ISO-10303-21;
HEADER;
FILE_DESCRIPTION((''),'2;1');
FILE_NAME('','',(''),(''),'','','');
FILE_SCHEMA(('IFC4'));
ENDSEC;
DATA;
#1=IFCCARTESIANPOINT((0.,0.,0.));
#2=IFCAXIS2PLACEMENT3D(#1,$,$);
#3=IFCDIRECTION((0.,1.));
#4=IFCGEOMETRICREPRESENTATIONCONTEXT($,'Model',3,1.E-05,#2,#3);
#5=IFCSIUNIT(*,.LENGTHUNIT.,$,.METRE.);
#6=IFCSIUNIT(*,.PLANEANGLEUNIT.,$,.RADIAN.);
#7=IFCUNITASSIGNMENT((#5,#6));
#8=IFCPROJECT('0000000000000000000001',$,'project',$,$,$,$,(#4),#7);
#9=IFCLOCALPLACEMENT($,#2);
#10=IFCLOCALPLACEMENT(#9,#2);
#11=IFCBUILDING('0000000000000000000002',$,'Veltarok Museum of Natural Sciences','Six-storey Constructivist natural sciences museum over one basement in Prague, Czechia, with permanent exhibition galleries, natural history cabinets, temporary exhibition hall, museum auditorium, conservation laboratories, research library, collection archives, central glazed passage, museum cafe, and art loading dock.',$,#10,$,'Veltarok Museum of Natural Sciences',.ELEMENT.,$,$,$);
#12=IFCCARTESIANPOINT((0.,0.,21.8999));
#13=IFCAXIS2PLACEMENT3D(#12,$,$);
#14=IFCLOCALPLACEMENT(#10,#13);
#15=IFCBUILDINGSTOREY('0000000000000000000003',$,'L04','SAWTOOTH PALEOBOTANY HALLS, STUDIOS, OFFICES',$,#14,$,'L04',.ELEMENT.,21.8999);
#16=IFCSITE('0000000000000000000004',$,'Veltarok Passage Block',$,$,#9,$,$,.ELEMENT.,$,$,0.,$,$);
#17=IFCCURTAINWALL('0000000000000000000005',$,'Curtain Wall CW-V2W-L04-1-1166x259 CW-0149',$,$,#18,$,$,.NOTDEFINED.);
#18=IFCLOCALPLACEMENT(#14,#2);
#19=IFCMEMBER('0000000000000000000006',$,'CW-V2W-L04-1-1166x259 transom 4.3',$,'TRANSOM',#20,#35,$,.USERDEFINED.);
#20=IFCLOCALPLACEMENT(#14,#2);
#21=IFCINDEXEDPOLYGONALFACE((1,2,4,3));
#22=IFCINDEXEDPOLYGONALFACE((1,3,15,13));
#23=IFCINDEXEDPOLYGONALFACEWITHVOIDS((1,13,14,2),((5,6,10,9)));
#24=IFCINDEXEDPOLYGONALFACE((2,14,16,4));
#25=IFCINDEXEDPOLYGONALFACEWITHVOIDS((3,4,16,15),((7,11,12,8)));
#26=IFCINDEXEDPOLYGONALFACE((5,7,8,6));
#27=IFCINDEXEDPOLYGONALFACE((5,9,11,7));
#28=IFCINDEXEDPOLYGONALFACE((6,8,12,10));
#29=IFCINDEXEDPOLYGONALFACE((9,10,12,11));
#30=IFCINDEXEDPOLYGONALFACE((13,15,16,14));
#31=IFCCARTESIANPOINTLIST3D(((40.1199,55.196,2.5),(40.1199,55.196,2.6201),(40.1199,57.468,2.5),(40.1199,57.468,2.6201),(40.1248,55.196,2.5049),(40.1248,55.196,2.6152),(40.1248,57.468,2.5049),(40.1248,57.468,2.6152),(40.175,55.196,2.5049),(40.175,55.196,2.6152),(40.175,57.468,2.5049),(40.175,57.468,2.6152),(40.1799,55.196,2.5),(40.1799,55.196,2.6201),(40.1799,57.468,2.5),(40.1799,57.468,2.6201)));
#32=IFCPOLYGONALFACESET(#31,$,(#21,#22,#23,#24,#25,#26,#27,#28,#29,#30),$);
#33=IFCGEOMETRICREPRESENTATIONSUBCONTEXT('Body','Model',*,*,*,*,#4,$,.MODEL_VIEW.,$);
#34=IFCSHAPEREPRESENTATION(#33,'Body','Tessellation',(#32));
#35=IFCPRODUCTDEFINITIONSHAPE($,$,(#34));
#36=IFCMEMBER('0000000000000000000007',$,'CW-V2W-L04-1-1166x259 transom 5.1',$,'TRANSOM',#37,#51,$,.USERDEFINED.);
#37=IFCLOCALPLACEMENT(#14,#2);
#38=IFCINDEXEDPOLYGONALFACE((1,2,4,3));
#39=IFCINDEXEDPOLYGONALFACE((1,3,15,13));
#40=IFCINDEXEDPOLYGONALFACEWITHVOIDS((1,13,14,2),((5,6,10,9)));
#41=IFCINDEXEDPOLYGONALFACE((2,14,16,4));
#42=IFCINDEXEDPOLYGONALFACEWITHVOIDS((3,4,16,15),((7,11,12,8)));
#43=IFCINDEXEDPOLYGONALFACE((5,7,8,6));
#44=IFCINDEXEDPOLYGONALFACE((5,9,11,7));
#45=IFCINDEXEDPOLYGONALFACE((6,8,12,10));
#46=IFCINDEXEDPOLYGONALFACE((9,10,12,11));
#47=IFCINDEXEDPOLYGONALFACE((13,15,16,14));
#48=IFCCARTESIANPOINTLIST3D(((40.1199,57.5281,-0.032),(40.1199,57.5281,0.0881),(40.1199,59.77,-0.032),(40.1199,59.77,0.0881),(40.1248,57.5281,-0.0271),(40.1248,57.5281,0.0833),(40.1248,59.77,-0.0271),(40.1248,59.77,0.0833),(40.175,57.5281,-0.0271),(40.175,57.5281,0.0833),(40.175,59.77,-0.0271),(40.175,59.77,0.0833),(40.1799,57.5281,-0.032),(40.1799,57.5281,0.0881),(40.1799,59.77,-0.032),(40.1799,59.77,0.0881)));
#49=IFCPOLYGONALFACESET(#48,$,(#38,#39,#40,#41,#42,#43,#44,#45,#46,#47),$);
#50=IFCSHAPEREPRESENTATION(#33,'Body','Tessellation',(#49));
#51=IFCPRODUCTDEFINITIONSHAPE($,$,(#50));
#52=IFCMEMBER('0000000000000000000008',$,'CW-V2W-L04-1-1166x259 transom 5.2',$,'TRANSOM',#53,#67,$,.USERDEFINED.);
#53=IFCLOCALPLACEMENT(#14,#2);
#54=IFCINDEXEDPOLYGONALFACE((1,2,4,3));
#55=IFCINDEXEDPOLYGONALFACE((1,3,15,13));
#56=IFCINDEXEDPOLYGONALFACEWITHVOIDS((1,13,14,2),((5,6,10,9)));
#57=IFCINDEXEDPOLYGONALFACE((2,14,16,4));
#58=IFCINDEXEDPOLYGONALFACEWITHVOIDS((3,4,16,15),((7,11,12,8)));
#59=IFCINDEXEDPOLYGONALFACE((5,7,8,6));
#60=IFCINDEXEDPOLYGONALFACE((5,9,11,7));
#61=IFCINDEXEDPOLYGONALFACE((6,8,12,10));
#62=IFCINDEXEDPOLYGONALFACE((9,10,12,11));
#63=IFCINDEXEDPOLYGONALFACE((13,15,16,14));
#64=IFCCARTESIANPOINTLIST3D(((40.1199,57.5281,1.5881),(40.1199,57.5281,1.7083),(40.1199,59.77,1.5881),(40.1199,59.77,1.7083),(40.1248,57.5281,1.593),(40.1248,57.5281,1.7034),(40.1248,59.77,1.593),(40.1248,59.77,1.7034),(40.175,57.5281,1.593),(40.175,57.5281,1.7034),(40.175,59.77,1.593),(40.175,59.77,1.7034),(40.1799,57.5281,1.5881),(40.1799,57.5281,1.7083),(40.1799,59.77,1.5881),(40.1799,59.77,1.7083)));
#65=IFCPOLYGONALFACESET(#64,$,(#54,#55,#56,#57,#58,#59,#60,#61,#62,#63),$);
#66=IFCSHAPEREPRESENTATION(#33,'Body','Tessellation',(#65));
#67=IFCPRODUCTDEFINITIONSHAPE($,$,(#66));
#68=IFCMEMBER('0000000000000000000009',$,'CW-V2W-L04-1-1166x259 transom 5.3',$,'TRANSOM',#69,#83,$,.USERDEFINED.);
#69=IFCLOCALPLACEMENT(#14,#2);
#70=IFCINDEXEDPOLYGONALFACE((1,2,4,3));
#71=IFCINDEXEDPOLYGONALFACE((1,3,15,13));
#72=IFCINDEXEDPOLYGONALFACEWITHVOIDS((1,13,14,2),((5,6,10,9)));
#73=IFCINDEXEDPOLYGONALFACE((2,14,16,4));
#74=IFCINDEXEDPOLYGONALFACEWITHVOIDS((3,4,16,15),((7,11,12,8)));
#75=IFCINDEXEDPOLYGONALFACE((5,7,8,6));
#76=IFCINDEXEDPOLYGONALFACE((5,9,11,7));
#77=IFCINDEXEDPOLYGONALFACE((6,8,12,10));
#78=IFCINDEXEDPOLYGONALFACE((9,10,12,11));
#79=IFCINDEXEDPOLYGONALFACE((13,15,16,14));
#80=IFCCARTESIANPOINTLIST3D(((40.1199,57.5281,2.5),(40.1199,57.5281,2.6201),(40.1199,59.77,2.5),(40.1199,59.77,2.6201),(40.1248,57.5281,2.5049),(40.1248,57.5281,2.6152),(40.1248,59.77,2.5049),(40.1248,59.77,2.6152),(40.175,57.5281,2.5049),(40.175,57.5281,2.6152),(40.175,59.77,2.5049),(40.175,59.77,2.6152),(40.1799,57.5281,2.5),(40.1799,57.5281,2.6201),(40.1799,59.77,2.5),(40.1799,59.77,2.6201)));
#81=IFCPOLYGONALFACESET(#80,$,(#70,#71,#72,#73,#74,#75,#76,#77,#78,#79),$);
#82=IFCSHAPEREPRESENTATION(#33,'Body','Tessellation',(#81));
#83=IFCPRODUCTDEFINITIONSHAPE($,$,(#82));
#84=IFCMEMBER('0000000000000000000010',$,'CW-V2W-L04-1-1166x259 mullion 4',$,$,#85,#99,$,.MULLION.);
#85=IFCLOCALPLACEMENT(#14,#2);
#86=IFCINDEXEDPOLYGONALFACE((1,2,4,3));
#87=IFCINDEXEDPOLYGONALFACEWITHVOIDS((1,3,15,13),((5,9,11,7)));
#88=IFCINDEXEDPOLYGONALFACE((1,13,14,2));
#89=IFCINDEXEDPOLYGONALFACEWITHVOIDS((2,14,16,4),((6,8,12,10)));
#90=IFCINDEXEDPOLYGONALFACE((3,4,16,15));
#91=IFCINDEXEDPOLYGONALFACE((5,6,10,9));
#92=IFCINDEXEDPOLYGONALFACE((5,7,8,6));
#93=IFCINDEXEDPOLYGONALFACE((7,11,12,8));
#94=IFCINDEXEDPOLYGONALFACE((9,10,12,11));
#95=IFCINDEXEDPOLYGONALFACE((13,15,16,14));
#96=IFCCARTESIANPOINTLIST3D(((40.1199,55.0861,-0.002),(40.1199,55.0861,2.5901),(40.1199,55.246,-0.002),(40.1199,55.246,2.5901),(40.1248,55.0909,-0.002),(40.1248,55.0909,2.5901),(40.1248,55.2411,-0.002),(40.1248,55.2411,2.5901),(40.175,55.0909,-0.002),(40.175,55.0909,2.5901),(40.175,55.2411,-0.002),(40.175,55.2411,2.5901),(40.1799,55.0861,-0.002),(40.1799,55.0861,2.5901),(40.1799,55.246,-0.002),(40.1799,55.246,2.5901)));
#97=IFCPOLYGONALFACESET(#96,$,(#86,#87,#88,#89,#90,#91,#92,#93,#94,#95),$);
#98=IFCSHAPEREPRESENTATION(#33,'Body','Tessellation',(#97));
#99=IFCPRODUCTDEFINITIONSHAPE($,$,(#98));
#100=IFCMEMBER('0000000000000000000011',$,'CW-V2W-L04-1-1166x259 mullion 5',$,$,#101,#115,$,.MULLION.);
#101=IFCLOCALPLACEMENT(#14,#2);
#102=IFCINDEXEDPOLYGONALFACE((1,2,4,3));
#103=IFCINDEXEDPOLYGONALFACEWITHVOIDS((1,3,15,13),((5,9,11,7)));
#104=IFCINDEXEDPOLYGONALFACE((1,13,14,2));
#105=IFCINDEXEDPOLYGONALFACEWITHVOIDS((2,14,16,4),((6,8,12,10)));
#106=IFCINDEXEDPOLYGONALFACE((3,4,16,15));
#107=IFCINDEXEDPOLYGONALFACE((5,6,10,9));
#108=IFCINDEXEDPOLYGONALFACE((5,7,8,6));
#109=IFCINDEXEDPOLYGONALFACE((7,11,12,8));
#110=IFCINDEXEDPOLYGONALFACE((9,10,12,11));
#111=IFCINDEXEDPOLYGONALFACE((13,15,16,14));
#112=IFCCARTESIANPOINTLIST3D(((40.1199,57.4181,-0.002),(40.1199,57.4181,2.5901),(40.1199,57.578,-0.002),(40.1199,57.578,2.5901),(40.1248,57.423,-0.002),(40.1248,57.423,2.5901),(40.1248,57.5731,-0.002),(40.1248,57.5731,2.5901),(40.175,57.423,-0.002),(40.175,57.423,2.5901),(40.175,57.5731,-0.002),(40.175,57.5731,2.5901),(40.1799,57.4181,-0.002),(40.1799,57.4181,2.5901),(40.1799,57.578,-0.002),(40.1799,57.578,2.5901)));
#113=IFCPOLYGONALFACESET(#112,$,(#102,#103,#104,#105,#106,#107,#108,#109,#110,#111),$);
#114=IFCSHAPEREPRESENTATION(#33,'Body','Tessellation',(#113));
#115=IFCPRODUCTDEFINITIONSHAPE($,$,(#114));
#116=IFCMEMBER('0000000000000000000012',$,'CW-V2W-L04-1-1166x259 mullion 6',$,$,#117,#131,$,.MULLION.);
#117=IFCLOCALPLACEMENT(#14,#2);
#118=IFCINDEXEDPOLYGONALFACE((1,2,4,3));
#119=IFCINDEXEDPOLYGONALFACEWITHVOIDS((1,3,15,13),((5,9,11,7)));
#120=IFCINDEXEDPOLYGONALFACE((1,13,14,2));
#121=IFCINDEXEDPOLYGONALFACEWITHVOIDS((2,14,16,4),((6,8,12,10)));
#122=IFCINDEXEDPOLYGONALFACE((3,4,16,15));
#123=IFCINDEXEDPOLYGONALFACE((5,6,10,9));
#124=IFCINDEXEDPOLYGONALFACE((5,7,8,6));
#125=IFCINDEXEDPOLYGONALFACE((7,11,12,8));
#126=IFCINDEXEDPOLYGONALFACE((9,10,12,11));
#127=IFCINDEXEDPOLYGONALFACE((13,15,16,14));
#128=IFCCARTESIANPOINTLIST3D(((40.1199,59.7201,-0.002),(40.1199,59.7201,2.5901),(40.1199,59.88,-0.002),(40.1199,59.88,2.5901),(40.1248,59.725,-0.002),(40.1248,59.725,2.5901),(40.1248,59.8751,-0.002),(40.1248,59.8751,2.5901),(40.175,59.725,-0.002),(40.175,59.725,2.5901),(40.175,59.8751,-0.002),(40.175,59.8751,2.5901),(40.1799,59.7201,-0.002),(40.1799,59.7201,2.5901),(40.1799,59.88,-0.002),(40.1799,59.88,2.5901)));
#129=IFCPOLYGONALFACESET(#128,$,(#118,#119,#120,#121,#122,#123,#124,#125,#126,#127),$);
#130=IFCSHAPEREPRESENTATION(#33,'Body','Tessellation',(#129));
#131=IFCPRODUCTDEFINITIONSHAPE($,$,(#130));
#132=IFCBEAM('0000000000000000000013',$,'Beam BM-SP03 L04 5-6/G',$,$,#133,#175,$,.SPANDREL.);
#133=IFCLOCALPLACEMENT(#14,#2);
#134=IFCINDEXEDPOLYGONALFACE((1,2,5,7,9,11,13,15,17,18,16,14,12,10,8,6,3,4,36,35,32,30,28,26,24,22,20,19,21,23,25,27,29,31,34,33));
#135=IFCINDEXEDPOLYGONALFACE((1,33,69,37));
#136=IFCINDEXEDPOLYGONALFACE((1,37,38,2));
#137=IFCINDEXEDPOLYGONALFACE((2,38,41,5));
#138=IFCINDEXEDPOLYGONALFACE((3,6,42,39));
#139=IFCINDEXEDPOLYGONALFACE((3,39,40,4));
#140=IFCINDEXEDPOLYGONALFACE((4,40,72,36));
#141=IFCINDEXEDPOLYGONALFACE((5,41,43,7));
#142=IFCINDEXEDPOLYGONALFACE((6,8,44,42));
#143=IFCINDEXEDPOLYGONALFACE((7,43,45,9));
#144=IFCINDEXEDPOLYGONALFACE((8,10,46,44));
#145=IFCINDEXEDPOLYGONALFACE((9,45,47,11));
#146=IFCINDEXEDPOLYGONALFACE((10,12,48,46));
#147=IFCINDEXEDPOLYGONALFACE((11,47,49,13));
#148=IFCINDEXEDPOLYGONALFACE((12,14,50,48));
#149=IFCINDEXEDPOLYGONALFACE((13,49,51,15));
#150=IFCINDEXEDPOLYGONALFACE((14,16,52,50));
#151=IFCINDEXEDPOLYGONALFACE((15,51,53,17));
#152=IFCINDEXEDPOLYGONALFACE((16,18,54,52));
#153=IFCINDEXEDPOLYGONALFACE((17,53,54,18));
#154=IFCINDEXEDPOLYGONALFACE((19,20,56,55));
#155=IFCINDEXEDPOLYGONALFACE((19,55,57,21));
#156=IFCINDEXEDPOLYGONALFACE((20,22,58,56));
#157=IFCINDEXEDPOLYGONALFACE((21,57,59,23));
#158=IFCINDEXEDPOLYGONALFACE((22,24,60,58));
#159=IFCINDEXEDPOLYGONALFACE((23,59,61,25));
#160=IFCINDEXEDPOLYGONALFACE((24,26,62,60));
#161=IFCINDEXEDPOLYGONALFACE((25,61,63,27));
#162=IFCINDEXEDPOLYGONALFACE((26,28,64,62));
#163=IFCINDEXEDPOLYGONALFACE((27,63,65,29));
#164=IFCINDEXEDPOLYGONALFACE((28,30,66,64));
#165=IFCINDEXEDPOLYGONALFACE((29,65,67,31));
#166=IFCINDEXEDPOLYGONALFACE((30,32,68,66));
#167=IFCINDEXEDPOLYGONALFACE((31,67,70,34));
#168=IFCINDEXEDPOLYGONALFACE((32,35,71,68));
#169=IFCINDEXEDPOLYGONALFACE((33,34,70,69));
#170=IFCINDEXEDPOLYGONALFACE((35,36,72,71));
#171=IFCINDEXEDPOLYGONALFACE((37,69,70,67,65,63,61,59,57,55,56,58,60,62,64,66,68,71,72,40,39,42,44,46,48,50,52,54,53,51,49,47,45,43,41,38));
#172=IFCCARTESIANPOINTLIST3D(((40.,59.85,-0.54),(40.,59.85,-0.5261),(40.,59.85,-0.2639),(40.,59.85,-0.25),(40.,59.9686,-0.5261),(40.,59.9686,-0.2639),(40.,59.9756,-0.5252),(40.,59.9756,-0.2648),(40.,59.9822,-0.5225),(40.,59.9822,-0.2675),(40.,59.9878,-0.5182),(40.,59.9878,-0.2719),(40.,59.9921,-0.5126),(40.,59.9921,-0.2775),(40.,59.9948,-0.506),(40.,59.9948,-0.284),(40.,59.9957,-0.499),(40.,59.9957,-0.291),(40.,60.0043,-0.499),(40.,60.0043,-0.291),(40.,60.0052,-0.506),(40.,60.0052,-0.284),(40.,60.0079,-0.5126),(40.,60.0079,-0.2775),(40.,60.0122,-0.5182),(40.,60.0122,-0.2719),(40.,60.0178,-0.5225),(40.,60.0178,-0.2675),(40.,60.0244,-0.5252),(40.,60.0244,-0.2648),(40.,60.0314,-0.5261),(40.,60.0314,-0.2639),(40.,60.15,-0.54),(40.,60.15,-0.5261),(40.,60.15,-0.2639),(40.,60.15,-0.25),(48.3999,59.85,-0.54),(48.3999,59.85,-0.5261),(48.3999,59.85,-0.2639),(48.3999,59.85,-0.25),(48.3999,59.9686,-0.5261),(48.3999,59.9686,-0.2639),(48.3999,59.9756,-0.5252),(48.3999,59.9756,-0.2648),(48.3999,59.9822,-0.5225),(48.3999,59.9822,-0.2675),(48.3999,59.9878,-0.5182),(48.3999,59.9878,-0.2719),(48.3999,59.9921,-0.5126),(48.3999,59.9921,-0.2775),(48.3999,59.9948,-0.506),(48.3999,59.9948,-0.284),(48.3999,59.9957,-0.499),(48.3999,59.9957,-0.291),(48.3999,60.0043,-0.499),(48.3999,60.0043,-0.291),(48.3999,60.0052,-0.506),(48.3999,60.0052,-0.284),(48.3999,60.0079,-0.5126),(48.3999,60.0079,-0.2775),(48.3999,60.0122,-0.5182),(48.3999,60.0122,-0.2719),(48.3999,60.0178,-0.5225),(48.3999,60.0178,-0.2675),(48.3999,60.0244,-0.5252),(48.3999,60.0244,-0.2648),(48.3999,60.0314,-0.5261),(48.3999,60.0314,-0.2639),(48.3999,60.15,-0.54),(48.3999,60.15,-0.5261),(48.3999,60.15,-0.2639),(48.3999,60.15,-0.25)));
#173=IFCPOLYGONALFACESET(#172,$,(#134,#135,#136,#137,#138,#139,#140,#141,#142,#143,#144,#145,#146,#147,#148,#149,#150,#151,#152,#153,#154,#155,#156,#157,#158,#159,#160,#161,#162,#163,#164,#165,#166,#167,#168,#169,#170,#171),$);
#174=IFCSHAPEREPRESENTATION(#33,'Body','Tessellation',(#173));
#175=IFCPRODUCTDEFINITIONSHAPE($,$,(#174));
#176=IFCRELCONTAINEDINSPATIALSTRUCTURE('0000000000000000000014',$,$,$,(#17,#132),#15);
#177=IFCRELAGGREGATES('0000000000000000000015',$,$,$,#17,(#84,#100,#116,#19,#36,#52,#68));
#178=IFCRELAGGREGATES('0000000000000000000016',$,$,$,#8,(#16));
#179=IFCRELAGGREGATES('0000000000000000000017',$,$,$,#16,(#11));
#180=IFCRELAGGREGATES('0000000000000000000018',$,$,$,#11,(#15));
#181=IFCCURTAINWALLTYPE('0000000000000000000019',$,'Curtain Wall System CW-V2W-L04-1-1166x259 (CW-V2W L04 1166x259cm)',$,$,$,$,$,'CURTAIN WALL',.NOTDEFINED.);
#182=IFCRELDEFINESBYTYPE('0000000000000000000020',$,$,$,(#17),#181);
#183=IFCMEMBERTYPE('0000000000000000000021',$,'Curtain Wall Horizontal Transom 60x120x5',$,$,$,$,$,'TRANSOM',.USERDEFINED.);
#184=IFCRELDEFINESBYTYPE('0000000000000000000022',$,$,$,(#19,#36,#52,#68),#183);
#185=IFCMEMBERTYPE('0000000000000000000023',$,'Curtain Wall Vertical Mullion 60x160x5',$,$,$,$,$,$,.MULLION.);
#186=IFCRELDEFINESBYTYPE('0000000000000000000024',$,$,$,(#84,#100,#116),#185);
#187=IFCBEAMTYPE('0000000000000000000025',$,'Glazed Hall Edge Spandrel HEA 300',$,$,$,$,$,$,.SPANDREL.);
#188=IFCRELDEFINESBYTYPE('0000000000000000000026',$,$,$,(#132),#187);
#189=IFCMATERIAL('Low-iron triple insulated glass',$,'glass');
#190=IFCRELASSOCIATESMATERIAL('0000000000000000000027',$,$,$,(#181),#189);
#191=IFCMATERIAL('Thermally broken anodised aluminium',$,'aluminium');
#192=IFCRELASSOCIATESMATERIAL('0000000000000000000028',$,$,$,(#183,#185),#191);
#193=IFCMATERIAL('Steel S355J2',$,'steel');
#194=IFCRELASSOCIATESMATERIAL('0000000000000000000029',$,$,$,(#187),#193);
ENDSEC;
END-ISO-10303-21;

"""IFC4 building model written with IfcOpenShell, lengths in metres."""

from ifc_helpers import new_model, si_unit, direction, frame, origin, origin_2d, place, context, subcontext, project, spatial, hollow_rectangle, i_section, extrude, material, material_profile, profile_set, type_object, element, aggregate, save


model = new_model("IFC4")

# Units and contexts
model_context = context("Model", 3, precision=1e-05, world=origin(), true_north=direction((0.0, 1.0)))
body_context = subcontext(model_context, "Body", "Model", "MODEL_VIEW")
ifc_project = project(units=[si_unit("LENGTHUNIT", "METRE"), si_unit("PLANEANGLEUNIT", "RADIAN")], contexts=[model_context])

# Site, building, storey
site_placement = place(None, origin())
site = spatial("IfcSite", under=ifc_project, at=site_placement, Name="Veltarok Passage Block", CompositionType="ELEMENT", RefElevation=0.0)
building_placement = place(site_placement, origin())
building = spatial("IfcBuilding", under=site, at=building_placement, Name="Veltarok Museum of Natural Sciences", Description="Six-storey Constructivist natural sciences museum over one basement in Prague, Czechia, with permanent exhibition galleries, natural history cabinets, temporary exhibition hall, museum auditorium, conservation laboratories, research library, collection archives, central glazed passage, museum cafe, and art loading dock.", LongName="Veltarok Museum of Natural Sciences", CompositionType="ELEMENT")
storey_placement = place(building_placement, frame((0.0, 0.0, 21.8999)))
storey = spatial("IfcBuildingStorey", under=building, at=storey_placement, Name="L04", Description="SAWTOOTH PALEOBOTANY HALLS, STUDIOS, OFFICES", LongName="L04", CompositionType="ELEMENT", Elevation=21.8999)

# Shared definitions
ifc_material_1 = material(Name="Steel S355J2", Category="steel")

# Curtain wall, members
ifc_material_2 = material(Name="Low-iron triple insulated glass", Category="glass")
curtain_wall_type = type_object("IfcCurtainWallType", Name="Curtain Wall System CW-V2W-L04-1-1166x259 (CW-V2W L04 1166x259cm)", ElementType="CURTAIN WALL", PredefinedType="NOTDEFINED", material=ifc_material_2)
curtain_wall_placement = place(storey_placement, origin())
curtain_wall = element("IfcCurtainWall", 1, at=curtain_wall_placement, inside=storey, type_object=curtain_wall_type, Name="Curtain Wall CW-V2W-L04-1-1166x259 CW-0149", PredefinedType="NOTDEFINED")
ifc_material_3 = material(Name="Thermally broken anodised aluminium", Category="aluminium")
ifc_material_profile_1 = material_profile(ifc_material_3, hollow_rectangle(XDim=0.0601, YDim=0.1201, WallThickness=0.0049, at=origin_2d()), Name="CW TRANSOM 60x120x5")
ifc_profile_set_1 = profile_set([ifc_material_profile_1], Name="Thermally broken anodised aluminium")
member_type_1 = type_object("IfcMemberType", Name="Curtain Wall Horizontal Transom 60x120x5", ElementType="TRANSOM", PredefinedType="USERDEFINED", material=ifc_profile_set_1)
member_1_placement = place(storey_placement, frame((40.1499, 55.196, 2.5601), z_axis=(0.0, 1.0, 0.0), x_axis=(-1.0, 0.0, 0.0)))
member_1 = element("IfcMember", 2, at=member_1_placement, type_object=member_type_1, Name="CW-V2W-L04-1-1166x259 transom 4.3", ObjectType="TRANSOM", PredefinedType="USERDEFINED", context=body_context, shape_type="SweptSolid", body=[
    extrude(hollow_rectangle(XDim=0.0601, YDim=0.1201, WallThickness=0.0049, at=origin_2d()), origin(), (0.0, 0.0, 1.0), 2.272),
])
member_2_placement = place(storey_placement, frame((40.1499, 57.5281, 0.0281), z_axis=(0.0, 1.0, 0.0), x_axis=(-1.0, 0.0, 0.0)))
member_2 = element("IfcMember", 3, at=member_2_placement, type_object=member_type_1, Name="CW-V2W-L04-1-1166x259 transom 5.1", ObjectType="TRANSOM", PredefinedType="USERDEFINED", context=body_context, shape_type="SweptSolid", body=[
    extrude(hollow_rectangle(XDim=0.0601, YDim=0.1201, WallThickness=0.0049, at=origin_2d()), origin(), (0.0, 0.0, 1.0), 2.2419),
])
member_3_placement = place(storey_placement, frame((40.1499, 57.5281, 1.6482), z_axis=(0.0, 1.0, 0.0), x_axis=(-1.0, 0.0, 0.0)))
member_3 = element("IfcMember", 4, at=member_3_placement, type_object=member_type_1, Name="CW-V2W-L04-1-1166x259 transom 5.2", ObjectType="TRANSOM", PredefinedType="USERDEFINED", context=body_context, shape_type="SweptSolid", body=[
    extrude(hollow_rectangle(XDim=0.0601, YDim=0.1201, WallThickness=0.0049, at=origin_2d()), origin(), (0.0, 0.0, 1.0), 2.2419),
])
member_4_placement = place(storey_placement, frame((40.1499, 57.5281, 2.5601), z_axis=(0.0, 1.0, 0.0), x_axis=(-1.0, 0.0, 0.0)))
member_4 = element("IfcMember", 5, at=member_4_placement, type_object=member_type_1, Name="CW-V2W-L04-1-1166x259 transom 5.3", ObjectType="TRANSOM", PredefinedType="USERDEFINED", context=body_context, shape_type="SweptSolid", body=[
    extrude(hollow_rectangle(XDim=0.0601, YDim=0.1201, WallThickness=0.0049, at=origin_2d()), origin(), (0.0, 0.0, 1.0), 2.2419),
])
ifc_material_profile_2 = material_profile(ifc_material_3, hollow_rectangle(XDim=0.0601, YDim=0.1599, WallThickness=0.0049, at=origin_2d()), Name="CW MULLION 60x160x5")
ifc_profile_set_2 = profile_set([ifc_material_profile_2], Name="Thermally broken anodised aluminium")
member_type_2 = type_object("IfcMemberType", Name="Curtain Wall Vertical Mullion 60x160x5", PredefinedType="MULLION", material=ifc_profile_set_2)
member_5_placement = place(storey_placement, frame((40.1499, 55.166, -0.002), z_axis=(0.0, 0.0, 1.0), x_axis=(-1.0, 0.0, 0.0)))
member_5 = element("IfcMember", 6, at=member_5_placement, type_object=member_type_2, Name="CW-V2W-L04-1-1166x259 mullion 4", PredefinedType="MULLION", context=body_context, shape_type="SweptSolid", body=[
    extrude(hollow_rectangle(XDim=0.0601, YDim=0.1599, WallThickness=0.0049, at=origin_2d()), origin(), (0.0, 0.0, 1.0), 2.592),
])
member_6_placement = place(storey_placement, frame((40.1499, 57.498, -0.002), z_axis=(0.0, 0.0, 1.0), x_axis=(-1.0, 0.0, 0.0)))
member_6 = element("IfcMember", 7, at=member_6_placement, type_object=member_type_2, Name="CW-V2W-L04-1-1166x259 mullion 5", PredefinedType="MULLION", context=body_context, shape_type="SweptSolid", body=[
    extrude(hollow_rectangle(XDim=0.0601, YDim=0.1599, WallThickness=0.0049, at=origin_2d()), origin(), (0.0, 0.0, 1.0), 2.592),
])
member_7_placement = place(storey_placement, frame((40.1499, 59.8, -0.002), z_axis=(0.0, 0.0, 1.0), x_axis=(-1.0, 0.0, 0.0)))
member_7 = element("IfcMember", 8, at=member_7_placement, type_object=member_type_2, Name="CW-V2W-L04-1-1166x259 mullion 6", PredefinedType="MULLION", context=body_context, shape_type="SweptSolid", body=[
    extrude(hollow_rectangle(XDim=0.0601, YDim=0.1599, WallThickness=0.0049, at=origin_2d()), origin(), (0.0, 0.0, 1.0), 2.592),
])

# Beam
ifc_material_profile_3 = material_profile(ifc_material_1, i_section(OverallWidth=0.3, OverallDepth=0.29, WebThickness=0.0085, FlangeThickness=0.0139, FilletRadius=0.0271, at=origin_2d()), Name="HEA 300")
ifc_profile_set_3 = profile_set([ifc_material_profile_3], Name="Steel S355J2")
beam_type_1 = type_object("IfcBeamType", Name="Glazed Hall Edge Spandrel HEA 300", PredefinedType="SPANDREL", material=ifc_profile_set_3)
beam_1_placement = place(storey_placement, frame((40.0, 60.0, -0.395), z_axis=(1.0, 0.0, 0.0), x_axis=(0.0, 1.0, 0.0)))
element("IfcBeam", 9, at=beam_1_placement, inside=storey, type_object=beam_type_1, Name="Beam BM-SP03 L04 5-6/G", PredefinedType="SPANDREL", context=body_context, shape_type="SweptSolid", body=[
    extrude(i_section(OverallWidth=0.3, OverallDepth=0.29, WebThickness=0.0085, FlangeThickness=0.0139, FilletRadius=0.0271, at=origin_2d()), origin(), (0.0, 0.0, 1.0), 8.3999),
])

aggregate(curtain_wall, [member_5, member_6, member_7, member_1, member_2, member_3, member_4])

save(model, "model.ifc")
